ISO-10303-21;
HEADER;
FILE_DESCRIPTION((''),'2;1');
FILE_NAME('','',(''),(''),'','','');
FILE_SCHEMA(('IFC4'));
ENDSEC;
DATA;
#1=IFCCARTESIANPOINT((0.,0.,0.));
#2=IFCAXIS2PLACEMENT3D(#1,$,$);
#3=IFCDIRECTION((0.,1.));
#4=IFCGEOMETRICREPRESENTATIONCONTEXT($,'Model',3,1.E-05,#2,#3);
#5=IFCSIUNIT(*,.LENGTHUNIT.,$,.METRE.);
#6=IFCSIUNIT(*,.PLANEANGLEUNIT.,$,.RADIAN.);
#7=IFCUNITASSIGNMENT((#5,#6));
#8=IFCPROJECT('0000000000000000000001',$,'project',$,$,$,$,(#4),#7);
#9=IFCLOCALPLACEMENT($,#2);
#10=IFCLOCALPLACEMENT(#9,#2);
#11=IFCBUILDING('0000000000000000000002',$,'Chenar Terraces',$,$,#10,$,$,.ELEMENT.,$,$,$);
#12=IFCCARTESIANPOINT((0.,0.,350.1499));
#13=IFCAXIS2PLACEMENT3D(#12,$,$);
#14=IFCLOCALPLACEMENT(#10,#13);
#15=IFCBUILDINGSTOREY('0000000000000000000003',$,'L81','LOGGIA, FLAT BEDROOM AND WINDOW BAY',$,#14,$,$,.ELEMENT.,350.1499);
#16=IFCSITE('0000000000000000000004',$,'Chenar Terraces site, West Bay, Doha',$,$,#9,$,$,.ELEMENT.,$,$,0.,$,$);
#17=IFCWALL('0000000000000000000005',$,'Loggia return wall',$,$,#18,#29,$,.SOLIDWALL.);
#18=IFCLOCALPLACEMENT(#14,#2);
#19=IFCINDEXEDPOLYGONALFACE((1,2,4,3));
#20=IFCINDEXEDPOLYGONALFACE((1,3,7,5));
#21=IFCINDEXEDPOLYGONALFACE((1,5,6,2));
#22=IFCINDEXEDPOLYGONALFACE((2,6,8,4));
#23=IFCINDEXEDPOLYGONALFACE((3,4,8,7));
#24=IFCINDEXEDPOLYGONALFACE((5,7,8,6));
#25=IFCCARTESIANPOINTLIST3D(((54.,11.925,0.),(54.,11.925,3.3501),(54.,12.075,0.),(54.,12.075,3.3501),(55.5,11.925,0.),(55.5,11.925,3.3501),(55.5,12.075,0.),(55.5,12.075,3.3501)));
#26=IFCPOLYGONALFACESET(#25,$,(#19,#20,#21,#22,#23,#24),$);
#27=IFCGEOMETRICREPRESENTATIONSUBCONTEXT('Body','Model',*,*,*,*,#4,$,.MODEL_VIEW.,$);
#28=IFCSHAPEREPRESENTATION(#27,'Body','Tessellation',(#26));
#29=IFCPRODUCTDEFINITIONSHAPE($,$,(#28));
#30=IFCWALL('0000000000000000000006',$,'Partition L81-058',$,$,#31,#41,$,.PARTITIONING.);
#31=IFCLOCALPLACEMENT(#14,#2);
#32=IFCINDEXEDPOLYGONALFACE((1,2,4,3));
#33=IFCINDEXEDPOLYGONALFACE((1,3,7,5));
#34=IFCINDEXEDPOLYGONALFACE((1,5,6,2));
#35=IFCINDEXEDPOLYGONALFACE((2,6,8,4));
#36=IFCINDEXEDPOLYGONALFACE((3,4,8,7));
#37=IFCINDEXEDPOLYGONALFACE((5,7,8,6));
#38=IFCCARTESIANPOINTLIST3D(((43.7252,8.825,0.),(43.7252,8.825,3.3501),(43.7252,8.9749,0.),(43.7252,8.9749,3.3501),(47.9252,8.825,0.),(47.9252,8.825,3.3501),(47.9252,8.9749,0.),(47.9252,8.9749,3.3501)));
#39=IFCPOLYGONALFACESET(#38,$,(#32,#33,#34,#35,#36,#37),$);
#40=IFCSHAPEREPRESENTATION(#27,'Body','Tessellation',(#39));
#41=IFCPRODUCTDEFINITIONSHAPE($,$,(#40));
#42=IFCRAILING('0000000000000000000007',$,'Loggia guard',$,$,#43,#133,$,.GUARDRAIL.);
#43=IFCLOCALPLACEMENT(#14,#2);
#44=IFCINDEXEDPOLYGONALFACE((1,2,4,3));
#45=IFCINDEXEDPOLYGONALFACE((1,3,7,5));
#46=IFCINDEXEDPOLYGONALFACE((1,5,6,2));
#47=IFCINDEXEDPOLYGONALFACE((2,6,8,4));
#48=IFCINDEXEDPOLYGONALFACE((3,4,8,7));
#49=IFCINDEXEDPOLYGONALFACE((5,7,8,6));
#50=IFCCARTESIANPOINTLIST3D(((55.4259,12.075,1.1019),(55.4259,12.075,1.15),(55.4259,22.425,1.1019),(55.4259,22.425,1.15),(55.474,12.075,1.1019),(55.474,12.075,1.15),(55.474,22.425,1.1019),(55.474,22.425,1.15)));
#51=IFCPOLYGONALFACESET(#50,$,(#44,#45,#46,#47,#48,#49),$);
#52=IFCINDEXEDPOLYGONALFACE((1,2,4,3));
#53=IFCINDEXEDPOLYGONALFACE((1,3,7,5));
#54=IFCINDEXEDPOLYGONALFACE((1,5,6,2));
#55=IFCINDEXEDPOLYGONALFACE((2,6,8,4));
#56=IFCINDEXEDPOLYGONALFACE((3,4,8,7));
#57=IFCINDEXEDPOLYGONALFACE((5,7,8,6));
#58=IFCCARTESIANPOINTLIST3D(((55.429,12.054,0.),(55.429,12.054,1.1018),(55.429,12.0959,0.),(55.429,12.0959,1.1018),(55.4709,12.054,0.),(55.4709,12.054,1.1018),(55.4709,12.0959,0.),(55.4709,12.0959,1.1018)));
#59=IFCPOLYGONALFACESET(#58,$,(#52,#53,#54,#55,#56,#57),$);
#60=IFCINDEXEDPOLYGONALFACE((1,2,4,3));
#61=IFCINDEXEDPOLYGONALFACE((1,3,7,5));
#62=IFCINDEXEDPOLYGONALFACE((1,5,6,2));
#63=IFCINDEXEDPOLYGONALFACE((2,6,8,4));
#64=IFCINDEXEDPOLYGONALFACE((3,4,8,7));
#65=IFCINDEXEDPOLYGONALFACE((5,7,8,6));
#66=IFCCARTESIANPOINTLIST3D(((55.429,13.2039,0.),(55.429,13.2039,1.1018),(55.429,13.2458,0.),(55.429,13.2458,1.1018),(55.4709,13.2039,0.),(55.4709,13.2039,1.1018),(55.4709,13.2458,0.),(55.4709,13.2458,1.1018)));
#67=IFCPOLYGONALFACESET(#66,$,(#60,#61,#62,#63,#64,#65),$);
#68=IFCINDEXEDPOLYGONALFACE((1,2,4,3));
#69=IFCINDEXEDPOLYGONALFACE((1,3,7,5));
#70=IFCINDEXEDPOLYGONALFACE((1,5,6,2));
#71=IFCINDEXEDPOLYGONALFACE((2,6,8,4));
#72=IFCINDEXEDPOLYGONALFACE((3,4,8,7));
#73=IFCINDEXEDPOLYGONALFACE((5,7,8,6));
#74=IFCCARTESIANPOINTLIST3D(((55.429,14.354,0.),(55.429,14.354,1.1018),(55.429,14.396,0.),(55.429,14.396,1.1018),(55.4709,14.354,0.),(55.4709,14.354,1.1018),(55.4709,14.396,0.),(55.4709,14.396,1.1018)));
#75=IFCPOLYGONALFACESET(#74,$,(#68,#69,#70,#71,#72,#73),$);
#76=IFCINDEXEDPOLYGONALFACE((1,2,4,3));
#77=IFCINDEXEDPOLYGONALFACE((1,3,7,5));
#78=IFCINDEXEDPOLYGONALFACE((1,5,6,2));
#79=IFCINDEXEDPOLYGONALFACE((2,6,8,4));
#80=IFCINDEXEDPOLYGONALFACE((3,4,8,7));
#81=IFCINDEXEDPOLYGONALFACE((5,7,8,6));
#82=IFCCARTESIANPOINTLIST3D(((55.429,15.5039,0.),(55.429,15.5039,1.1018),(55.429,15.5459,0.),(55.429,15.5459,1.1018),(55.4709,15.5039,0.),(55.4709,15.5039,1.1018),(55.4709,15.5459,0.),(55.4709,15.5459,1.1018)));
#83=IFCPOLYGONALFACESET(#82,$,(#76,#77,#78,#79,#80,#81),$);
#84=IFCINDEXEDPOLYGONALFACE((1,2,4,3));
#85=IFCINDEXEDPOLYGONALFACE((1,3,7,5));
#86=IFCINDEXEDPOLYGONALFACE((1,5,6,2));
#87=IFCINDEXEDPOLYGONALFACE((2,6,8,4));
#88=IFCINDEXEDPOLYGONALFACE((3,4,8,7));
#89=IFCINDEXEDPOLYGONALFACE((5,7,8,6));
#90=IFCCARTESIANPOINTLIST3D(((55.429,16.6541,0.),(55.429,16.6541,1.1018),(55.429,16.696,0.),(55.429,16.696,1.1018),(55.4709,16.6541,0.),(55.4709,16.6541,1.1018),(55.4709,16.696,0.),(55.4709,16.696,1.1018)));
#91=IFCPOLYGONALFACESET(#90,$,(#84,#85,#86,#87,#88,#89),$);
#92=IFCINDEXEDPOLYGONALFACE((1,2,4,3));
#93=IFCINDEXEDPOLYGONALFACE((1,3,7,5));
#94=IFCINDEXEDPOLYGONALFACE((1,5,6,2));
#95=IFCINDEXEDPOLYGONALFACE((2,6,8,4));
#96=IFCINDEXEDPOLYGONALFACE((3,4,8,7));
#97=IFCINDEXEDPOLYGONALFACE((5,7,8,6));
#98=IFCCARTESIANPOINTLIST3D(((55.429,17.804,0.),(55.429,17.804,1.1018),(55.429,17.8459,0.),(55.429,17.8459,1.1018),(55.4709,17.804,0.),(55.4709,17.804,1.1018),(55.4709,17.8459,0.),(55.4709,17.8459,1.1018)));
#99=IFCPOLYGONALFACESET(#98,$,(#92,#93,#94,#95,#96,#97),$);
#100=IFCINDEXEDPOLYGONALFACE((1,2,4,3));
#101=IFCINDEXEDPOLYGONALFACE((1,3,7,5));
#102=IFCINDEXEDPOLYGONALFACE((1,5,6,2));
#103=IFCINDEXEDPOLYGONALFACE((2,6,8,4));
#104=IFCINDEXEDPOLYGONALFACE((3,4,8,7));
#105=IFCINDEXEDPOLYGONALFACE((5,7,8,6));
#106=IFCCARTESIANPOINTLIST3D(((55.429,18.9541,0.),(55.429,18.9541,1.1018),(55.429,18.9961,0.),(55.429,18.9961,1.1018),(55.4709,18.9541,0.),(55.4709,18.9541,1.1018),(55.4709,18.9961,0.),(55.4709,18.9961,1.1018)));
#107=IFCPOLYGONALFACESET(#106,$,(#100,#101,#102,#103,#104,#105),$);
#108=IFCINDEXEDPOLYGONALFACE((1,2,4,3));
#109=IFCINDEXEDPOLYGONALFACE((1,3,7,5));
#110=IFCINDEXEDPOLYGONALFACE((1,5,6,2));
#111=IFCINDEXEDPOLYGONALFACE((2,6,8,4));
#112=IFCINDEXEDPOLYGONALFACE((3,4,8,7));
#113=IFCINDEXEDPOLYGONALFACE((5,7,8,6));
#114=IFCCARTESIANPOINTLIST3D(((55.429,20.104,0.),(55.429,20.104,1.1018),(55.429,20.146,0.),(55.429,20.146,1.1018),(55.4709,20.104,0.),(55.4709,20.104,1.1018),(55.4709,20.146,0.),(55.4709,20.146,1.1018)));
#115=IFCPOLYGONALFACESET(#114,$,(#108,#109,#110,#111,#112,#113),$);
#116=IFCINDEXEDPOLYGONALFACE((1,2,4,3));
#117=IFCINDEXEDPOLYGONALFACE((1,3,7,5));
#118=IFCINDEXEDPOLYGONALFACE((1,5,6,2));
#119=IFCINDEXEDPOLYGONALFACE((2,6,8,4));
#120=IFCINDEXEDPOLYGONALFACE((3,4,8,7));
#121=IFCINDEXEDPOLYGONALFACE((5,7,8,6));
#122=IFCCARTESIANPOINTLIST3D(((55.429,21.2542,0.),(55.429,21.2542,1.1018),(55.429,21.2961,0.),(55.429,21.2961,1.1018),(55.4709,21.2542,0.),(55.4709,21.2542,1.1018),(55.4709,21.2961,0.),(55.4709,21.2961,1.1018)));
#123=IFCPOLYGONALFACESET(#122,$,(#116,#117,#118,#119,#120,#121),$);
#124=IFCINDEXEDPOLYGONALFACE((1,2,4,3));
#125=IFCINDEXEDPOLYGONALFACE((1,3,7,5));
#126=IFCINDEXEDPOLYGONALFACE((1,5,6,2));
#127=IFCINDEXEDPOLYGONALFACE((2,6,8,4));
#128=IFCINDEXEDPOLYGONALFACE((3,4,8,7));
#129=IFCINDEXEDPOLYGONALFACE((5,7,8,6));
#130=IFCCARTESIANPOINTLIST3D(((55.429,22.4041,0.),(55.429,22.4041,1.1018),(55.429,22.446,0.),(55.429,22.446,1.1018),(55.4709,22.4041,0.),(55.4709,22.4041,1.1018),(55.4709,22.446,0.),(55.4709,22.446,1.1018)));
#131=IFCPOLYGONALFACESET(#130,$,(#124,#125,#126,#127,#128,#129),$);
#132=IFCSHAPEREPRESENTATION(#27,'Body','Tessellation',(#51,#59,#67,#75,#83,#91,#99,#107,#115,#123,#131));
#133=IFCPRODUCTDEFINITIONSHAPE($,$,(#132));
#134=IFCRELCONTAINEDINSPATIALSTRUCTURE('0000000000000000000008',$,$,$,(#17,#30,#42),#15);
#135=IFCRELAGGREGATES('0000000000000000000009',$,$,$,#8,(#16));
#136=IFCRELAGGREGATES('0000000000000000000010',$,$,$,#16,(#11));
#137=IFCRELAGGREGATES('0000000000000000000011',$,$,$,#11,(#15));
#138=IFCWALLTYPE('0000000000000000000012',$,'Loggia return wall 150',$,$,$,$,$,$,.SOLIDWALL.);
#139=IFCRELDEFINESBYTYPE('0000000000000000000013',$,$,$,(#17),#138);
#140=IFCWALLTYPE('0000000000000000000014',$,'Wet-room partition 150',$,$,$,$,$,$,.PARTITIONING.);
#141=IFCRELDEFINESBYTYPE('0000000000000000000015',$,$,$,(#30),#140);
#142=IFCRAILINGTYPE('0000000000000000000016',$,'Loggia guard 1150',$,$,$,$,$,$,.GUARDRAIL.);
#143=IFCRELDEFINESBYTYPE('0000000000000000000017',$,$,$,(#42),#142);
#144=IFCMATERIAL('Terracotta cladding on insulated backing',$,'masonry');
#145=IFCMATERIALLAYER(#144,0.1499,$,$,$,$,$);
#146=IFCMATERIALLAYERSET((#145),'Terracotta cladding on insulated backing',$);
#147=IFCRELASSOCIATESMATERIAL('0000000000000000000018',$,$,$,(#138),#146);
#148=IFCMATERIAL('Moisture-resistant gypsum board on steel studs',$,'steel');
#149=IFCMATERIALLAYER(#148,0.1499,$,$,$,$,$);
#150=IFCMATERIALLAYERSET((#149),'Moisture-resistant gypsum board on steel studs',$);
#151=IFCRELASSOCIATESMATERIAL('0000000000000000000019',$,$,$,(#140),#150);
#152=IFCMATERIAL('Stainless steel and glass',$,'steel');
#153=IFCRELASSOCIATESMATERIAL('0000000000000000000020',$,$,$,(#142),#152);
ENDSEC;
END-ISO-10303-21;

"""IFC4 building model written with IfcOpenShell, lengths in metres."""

from ifc_helpers import new_model, si_unit, direction, frame, frame_2d, origin, origin_2d, place, context, subcontext, project, spatial, rectangle, extrude, material, layer, layer_set, type_object, element, save


model = new_model("IFC4")

# Units and contexts
model_context = context("Model", 3, precision=1e-05, world=origin(), true_north=direction((0.0, 1.0)))
body_context = subcontext(model_context, "Body", "Model", "MODEL_VIEW")
ifc_project = project(units=[si_unit("LENGTHUNIT", "METRE"), si_unit("PLANEANGLEUNIT", "RADIAN")], contexts=[model_context])

# Site, building, storey
site_placement = place(None, origin())
site = spatial("IfcSite", under=ifc_project, at=site_placement, Name="Chenar Terraces site, West Bay, Doha", CompositionType="ELEMENT", RefElevation=0.0)
building_placement = place(site_placement, origin())
building = spatial("IfcBuilding", under=site, at=building_placement, Name="Chenar Terraces", CompositionType="ELEMENT")
storey_placement = place(building_placement, frame((0.0, 0.0, 350.1499)))
storey = spatial("IfcBuildingStorey", under=building, at=storey_placement, Name="L81", Description="LOGGIA, FLAT BEDROOM AND WINDOW BAY", CompositionType="ELEMENT", Elevation=350.1499)

# Walls
ifc_material_1 = material(Name="Terracotta cladding on insulated backing", Category="masonry")
ifc_layer_1 = layer(ifc_material_1, 0.1499)
ifc_layer_set_1 = layer_set([ifc_layer_1], Name="Terracotta cladding on insulated backing")
wall_type_1 = type_object("IfcWallType", Name="Loggia return wall 150", PredefinedType="SOLIDWALL", material=ifc_layer_set_1)
wall_1_placement = place(storey_placement, frame((55.5, 12.0, 0.0), z_axis=(0.0, 0.0, 1.0), x_axis=(-1.0, 0.0, 0.0)))
element("IfcWall", 1, at=wall_1_placement, inside=storey, type_object=wall_type_1, Name="Loggia return wall", PredefinedType="SOLIDWALL", context=body_context, shape_type="SweptSolid", body=[
    extrude(rectangle(XDim=1.5, YDim=0.1499, at=frame_2d((0.75, 0.0))), origin(), (0.0, 0.0, 1.0), 3.3501),
])
ifc_material_2 = material(Name="Moisture-resistant gypsum board on steel studs", Category="steel")
ifc_layer_2 = layer(ifc_material_2, 0.1499)
ifc_layer_set_2 = layer_set([ifc_layer_2], Name="Moisture-resistant gypsum board on steel studs")
wall_type_2 = type_object("IfcWallType", Name="Wet-room partition 150", PredefinedType="PARTITIONING", material=ifc_layer_set_2)
wall_2_placement = place(storey_placement, frame((43.7251, 8.8999, 0.0), z_axis=(0.0, 0.0, 1.0), x_axis=(1.0, 0.0, 0.0)))
element("IfcWall", 2, at=wall_2_placement, inside=storey, type_object=wall_type_2, Name="Partition L81-058", PredefinedType="PARTITIONING", context=body_context, shape_type="SweptSolid", body=[
    extrude(rectangle(XDim=4.2, YDim=0.1499, at=frame_2d((2.1001, 0.0))), origin(), (0.0, 0.0, 1.0), 3.3501),
])

# Railing
ifc_material_3 = material(Name="Stainless steel and glass", Category="steel")
railing_type = type_object("IfcRailingType", Name="Loggia guard 1150", PredefinedType="GUARDRAIL", material=ifc_material_3)
railing_placement = place(storey_placement, frame((55.45, 12.075, 0.0)))
element("IfcRailing", 3, at=railing_placement, inside=storey, type_object=railing_type, Name="Loggia guard", PredefinedType="GUARDRAIL", context=body_context, shape_type="SweptSolid", body=[
    extrude(rectangle(XDim=0.0481, YDim=0.0481, at=origin_2d()), frame((0.0, 0.0, 1.126), z_axis=(0.0, 1.0, 0.0), x_axis=(-1.0, 0.0, 0.0)), (0.0, 0.0, 1.0), 10.3501),
    extrude(rectangle(XDim=0.042, YDim=0.042, at=origin_2d()), origin(), (0.0, 0.0, 1.0), 1.1018),
    extrude(rectangle(XDim=0.042, YDim=0.042, at=origin_2d()), frame((0.0, 1.1499, 0.0)), (0.0, 0.0, 1.0), 1.1018),
    extrude(rectangle(XDim=0.042, YDim=0.042, at=origin_2d()), frame((0.0, 2.3, 0.0)), (0.0, 0.0, 1.0), 1.1018),
    extrude(rectangle(XDim=0.042, YDim=0.042, at=origin_2d()), frame((0.0, 3.45, 0.0)), (0.0, 0.0, 1.0), 1.1018),
    extrude(rectangle(XDim=0.042, YDim=0.042, at=origin_2d()), frame((0.0, 4.6001, 0.0)), (0.0, 0.0, 1.0), 1.1018),
    extrude(rectangle(XDim=0.042, YDim=0.042, at=origin_2d()), frame((0.0, 5.75, 0.0)), (0.0, 0.0, 1.0), 1.1018),
    extrude(rectangle(XDim=0.042, YDim=0.042, at=origin_2d()), frame((0.0, 6.9001, 0.0)), (0.0, 0.0, 1.0), 1.1018),
    extrude(rectangle(XDim=0.042, YDim=0.042, at=origin_2d()), frame((0.0, 8.05, 0.0)), (0.0, 0.0, 1.0), 1.1018),
    extrude(rectangle(XDim=0.042, YDim=0.042, at=origin_2d()), frame((0.0, 9.2002, 0.0)), (0.0, 0.0, 1.0), 1.1018),
    extrude(rectangle(XDim=0.042, YDim=0.042, at=origin_2d()), frame((0.0, 10.3501, 0.0)), (0.0, 0.0, 1.0), 1.1018),
])

save(model, "model.ifc")
